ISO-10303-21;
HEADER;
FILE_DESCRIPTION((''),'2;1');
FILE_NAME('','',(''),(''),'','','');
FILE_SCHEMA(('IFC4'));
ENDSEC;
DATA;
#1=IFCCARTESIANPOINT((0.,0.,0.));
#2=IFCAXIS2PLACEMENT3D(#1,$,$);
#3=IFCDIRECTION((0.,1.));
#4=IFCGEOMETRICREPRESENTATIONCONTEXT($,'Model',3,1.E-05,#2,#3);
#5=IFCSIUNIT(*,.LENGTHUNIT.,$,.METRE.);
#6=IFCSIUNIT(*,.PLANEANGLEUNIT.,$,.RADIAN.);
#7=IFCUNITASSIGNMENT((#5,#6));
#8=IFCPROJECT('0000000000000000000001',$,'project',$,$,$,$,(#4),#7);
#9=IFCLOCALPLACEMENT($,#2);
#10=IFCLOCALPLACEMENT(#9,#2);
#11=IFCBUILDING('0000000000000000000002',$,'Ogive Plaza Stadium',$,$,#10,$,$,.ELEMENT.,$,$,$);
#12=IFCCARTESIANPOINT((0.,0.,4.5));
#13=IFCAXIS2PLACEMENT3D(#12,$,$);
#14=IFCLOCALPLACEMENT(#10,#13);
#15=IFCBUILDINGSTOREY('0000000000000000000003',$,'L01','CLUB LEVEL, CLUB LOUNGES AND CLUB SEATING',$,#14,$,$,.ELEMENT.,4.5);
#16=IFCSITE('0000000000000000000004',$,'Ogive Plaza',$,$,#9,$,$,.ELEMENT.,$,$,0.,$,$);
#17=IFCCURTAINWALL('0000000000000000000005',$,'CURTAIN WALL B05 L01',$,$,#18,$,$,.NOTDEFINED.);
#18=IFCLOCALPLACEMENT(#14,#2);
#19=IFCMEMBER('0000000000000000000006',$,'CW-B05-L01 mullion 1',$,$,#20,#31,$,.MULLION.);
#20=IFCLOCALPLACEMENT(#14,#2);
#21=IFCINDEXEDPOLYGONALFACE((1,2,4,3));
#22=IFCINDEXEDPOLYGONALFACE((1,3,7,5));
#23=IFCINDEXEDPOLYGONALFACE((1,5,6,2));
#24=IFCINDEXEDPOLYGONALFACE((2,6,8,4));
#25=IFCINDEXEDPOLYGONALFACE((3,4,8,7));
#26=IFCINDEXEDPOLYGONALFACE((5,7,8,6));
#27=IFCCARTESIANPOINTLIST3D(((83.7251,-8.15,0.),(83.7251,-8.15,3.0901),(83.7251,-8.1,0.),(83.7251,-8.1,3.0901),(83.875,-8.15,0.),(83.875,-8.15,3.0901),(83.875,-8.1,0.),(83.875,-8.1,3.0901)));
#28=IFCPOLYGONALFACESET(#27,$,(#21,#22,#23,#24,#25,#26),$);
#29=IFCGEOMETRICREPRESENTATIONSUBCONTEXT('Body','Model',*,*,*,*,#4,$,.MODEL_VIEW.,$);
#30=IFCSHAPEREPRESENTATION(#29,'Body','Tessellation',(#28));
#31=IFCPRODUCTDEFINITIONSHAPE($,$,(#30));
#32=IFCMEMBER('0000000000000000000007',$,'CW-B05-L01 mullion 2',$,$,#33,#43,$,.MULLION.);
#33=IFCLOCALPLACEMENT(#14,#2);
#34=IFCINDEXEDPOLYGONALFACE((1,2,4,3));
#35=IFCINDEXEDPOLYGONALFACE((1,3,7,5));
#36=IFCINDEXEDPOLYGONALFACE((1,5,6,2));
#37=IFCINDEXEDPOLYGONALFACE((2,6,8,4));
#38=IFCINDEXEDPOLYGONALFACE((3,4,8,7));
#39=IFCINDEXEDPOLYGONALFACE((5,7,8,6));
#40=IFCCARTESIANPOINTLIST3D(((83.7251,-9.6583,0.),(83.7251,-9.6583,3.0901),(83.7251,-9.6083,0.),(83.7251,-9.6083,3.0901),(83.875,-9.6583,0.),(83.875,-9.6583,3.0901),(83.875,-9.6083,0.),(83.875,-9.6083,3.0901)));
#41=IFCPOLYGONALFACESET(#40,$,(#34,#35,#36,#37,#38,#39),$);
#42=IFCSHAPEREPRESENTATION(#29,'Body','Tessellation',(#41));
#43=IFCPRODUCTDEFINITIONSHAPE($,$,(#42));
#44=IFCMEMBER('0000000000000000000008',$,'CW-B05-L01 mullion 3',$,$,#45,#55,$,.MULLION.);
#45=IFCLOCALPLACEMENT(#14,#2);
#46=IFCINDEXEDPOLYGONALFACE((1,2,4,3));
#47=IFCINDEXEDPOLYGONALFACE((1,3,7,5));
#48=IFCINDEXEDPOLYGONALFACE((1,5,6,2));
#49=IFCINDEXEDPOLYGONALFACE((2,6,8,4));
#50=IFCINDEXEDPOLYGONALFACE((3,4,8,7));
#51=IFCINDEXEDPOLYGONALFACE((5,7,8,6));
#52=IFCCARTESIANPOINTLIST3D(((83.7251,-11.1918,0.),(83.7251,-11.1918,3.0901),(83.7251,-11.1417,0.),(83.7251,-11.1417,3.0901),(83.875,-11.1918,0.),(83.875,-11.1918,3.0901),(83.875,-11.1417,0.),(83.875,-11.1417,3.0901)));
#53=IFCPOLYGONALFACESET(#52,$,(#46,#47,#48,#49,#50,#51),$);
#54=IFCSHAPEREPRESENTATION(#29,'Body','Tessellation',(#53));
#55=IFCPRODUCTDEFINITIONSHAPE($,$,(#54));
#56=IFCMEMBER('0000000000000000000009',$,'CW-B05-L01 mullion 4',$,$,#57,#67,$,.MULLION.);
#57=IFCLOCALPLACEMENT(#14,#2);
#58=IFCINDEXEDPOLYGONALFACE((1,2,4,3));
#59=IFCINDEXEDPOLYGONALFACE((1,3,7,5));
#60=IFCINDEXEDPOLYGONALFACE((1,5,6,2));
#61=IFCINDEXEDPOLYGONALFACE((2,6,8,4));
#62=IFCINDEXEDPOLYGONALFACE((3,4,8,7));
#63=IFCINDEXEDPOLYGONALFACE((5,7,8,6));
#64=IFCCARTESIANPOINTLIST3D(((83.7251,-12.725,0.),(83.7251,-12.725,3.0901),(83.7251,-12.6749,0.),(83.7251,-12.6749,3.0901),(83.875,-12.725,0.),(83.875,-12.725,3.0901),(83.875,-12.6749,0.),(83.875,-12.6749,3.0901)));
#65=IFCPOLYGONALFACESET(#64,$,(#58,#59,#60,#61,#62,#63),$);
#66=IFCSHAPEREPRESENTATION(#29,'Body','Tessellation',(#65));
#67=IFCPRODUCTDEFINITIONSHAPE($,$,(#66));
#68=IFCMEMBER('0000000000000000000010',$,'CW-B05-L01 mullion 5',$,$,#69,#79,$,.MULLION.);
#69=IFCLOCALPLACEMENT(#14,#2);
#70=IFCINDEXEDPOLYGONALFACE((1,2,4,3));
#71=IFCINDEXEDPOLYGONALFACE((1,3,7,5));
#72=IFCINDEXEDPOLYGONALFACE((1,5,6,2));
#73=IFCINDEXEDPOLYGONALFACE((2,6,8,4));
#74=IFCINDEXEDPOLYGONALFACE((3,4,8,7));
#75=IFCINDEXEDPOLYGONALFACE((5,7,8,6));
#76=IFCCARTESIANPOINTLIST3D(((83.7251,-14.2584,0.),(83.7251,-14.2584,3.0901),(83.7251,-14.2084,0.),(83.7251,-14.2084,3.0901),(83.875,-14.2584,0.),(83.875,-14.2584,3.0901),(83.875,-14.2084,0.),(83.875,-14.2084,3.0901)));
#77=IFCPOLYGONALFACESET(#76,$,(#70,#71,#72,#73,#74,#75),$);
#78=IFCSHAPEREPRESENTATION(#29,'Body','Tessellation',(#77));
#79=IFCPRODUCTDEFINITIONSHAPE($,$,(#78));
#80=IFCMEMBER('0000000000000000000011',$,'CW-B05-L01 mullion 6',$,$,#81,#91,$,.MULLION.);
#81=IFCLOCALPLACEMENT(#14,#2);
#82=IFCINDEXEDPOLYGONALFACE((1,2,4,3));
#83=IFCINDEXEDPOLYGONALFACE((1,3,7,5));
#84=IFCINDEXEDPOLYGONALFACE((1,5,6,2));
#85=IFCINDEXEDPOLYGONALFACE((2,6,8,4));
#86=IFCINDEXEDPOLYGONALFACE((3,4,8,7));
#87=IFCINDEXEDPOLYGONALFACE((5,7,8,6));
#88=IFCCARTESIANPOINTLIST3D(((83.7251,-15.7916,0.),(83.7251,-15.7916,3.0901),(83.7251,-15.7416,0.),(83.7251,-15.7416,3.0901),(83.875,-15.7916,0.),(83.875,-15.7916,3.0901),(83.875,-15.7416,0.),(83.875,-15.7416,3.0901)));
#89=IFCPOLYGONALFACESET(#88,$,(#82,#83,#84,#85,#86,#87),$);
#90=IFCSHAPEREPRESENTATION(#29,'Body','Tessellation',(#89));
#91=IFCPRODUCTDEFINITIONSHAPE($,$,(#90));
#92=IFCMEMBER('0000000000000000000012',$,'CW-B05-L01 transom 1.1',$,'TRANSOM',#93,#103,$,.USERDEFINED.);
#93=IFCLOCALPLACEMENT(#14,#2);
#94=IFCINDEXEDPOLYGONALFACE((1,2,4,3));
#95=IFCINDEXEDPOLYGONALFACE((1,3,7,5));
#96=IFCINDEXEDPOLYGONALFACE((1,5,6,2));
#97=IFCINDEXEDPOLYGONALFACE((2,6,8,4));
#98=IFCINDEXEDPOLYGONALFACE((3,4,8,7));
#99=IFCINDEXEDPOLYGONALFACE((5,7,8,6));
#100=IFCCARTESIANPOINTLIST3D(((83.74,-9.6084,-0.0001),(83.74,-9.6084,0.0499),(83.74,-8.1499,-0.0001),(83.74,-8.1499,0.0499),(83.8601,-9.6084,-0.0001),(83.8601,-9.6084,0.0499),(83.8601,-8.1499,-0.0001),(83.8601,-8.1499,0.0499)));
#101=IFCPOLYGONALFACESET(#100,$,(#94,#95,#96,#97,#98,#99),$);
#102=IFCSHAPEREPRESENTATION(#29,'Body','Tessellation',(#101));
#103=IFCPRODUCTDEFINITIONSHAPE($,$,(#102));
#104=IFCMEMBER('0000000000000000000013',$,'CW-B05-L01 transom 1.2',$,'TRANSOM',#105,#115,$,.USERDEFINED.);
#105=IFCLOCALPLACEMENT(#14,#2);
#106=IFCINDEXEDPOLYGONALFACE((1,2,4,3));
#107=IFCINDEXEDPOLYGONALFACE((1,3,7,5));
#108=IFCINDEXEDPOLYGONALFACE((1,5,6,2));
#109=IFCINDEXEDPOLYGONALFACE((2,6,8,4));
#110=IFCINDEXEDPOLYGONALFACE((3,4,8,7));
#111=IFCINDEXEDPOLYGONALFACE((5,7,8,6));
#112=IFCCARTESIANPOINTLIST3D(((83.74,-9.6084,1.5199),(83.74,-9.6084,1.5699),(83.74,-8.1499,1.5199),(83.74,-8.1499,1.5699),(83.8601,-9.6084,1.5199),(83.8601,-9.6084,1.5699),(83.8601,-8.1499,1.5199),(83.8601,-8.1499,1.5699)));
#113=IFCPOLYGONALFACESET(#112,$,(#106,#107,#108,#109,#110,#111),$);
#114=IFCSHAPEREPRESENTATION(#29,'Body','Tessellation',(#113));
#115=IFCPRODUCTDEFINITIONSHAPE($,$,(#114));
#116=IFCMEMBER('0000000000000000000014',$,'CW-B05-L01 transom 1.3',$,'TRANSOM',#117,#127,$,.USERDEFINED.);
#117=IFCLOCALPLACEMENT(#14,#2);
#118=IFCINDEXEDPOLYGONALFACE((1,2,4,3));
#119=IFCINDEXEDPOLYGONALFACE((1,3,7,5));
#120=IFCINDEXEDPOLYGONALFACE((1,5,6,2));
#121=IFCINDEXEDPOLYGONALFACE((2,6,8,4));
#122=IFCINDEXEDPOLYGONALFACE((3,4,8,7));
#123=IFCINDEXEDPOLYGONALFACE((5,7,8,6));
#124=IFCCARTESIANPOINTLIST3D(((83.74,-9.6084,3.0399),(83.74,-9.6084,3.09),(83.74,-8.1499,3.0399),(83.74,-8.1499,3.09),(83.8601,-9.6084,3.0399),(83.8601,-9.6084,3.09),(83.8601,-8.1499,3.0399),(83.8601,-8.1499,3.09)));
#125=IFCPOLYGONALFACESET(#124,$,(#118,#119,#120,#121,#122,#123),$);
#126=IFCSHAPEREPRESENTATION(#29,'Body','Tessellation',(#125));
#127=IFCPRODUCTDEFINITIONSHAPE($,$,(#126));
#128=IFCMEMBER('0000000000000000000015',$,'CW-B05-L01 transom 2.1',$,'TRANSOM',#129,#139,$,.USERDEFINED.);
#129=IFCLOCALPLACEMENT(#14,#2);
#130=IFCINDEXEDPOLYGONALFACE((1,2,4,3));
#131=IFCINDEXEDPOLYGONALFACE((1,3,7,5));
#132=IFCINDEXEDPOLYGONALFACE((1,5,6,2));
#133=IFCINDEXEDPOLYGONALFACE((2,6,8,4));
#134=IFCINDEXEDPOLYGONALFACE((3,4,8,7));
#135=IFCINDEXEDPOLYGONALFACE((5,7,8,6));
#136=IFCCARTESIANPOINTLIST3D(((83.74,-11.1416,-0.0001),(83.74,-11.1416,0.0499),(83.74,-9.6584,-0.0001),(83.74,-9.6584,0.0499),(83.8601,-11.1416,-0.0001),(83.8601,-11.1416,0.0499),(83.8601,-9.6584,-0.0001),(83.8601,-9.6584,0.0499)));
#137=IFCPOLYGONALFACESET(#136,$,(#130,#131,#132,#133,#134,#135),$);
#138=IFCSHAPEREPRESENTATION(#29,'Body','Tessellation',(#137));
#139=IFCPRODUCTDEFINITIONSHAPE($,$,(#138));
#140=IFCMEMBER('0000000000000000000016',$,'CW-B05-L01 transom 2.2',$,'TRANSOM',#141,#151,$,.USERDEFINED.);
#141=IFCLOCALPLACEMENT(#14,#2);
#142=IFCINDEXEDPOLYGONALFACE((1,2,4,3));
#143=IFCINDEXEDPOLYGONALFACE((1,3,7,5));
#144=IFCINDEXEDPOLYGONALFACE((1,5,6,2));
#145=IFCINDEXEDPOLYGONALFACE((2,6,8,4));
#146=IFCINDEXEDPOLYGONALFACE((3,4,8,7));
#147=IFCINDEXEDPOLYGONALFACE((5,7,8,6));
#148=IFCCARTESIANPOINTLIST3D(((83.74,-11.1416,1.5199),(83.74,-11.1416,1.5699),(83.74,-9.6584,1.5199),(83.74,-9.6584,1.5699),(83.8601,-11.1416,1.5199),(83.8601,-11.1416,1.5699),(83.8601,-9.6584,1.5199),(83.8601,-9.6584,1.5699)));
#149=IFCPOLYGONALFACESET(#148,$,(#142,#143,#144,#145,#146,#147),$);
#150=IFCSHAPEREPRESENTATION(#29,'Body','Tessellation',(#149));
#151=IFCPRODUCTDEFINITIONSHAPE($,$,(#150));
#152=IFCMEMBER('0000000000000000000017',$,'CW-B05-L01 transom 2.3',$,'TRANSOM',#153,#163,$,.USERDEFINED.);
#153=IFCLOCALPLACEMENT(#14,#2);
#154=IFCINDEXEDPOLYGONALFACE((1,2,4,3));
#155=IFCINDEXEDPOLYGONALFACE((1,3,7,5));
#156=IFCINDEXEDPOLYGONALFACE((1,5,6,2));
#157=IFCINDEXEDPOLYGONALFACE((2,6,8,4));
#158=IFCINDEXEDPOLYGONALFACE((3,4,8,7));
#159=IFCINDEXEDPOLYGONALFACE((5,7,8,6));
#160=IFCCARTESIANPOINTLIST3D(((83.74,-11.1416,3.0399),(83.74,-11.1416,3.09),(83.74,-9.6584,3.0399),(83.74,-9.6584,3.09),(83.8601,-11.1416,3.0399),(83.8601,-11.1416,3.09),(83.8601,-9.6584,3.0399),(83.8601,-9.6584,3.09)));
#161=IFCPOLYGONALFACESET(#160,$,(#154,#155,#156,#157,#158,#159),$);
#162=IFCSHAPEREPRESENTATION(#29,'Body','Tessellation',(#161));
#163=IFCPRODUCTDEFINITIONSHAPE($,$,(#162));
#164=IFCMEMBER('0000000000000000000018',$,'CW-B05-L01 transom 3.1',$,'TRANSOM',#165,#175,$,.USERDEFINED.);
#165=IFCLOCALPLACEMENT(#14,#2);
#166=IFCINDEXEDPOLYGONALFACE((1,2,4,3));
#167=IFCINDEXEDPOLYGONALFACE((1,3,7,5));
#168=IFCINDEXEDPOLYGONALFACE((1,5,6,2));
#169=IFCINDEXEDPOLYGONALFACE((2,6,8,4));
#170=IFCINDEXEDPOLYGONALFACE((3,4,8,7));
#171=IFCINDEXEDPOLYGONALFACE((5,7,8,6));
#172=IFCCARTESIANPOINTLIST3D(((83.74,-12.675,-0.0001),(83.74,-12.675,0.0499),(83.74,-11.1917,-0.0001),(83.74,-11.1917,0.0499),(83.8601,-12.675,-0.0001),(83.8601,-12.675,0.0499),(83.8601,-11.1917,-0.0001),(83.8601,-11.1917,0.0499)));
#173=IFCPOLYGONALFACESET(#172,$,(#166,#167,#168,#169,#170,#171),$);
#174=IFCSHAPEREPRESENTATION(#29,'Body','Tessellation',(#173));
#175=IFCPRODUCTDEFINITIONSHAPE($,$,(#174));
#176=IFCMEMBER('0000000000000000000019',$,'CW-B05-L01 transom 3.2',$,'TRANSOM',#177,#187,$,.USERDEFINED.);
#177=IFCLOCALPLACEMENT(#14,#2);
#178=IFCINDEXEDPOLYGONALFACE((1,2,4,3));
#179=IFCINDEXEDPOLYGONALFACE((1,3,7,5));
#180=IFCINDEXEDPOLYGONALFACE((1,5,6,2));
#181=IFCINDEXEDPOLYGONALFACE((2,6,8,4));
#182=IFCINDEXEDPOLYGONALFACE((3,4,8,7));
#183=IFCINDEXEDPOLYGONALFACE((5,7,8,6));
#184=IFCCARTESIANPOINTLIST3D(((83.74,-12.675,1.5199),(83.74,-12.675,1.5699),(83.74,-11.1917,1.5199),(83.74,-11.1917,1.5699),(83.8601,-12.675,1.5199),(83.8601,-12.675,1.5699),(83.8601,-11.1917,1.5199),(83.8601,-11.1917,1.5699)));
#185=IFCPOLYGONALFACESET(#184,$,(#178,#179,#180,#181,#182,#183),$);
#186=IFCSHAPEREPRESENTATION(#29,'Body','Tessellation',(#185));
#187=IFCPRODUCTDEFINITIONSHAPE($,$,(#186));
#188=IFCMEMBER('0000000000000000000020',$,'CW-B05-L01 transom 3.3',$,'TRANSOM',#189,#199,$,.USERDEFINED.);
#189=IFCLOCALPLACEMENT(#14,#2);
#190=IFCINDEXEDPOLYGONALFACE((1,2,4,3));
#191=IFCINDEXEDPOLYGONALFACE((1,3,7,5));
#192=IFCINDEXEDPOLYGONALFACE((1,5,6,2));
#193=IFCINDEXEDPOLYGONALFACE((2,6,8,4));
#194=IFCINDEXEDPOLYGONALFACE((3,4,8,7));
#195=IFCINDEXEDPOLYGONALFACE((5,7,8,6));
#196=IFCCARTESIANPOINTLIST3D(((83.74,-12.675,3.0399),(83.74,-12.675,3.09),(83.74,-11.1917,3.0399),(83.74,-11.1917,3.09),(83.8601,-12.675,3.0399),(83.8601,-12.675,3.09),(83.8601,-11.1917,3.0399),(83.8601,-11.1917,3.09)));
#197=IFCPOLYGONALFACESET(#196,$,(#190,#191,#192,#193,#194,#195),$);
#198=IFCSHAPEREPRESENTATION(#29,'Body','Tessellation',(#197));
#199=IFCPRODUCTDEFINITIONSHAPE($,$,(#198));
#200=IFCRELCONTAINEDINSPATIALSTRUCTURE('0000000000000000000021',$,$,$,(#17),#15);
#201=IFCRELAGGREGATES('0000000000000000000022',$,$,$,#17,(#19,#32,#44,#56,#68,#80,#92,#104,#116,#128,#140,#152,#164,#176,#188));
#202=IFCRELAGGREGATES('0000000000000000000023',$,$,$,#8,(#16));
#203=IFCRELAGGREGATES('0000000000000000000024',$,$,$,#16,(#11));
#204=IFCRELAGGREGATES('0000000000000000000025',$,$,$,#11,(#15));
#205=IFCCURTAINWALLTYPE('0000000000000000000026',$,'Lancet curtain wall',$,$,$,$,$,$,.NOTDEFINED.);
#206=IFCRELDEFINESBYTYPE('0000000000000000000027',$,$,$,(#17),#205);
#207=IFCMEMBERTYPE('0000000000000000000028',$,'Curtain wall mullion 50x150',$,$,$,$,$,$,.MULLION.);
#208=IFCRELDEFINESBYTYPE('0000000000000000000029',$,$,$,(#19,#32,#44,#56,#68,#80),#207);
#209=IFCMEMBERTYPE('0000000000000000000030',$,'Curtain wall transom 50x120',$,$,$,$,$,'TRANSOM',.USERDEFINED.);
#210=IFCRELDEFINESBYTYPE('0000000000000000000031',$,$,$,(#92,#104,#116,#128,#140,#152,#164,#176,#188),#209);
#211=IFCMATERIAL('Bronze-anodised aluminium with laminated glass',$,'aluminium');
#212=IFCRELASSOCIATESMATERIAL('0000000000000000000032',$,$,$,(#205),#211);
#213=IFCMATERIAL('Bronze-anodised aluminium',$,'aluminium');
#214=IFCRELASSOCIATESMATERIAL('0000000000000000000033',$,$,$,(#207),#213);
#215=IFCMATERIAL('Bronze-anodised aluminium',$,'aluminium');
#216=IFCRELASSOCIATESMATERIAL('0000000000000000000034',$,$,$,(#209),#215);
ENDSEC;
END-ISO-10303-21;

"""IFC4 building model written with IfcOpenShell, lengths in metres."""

from ifc_helpers import new_model, si_unit, direction, frame, origin, origin_2d, place, context, subcontext, project, spatial, rectangle, extrude, material, material_profile, profile_set, type_object, element, aggregate, save


model = new_model("IFC4")

# Units and contexts
model_context = context("Model", 3, precision=1e-05, world=origin(), true_north=direction((0.0, 1.0)))
body_context = subcontext(model_context, "Body", "Model", "MODEL_VIEW")
ifc_project = project(units=[si_unit("LENGTHUNIT", "METRE"), si_unit("PLANEANGLEUNIT", "RADIAN")], contexts=[model_context])

# Site, building, storey
site_placement = place(None, origin())
site = spatial("IfcSite", under=ifc_project, at=site_placement, Name="Ogive Plaza", CompositionType="ELEMENT", RefElevation=0.0)
building_placement = place(site_placement, origin())
building = spatial("IfcBuilding", under=site, at=building_placement, Name="Ogive Plaza Stadium", CompositionType="ELEMENT")
storey_placement = place(building_placement, frame((0.0, 0.0, 4.5)))
storey = spatial("IfcBuildingStorey", under=building, at=storey_placement, Name="L01", Description="CLUB LEVEL, CLUB LOUNGES AND CLUB SEATING", CompositionType="ELEMENT", Elevation=4.5)

# Curtain wall, members
ifc_material_1 = material(Name="Bronze-anodised aluminium with laminated glass", Category="aluminium")
curtain_wall_type = type_object("IfcCurtainWallType", Name="Lancet curtain wall", PredefinedType="NOTDEFINED", material=ifc_material_1)
curtain_wall_placement = place(storey_placement, origin())
curtain_wall = element("IfcCurtainWall", 1, at=curtain_wall_placement, inside=storey, type_object=curtain_wall_type, Name="CURTAIN WALL B05 L01", PredefinedType="NOTDEFINED")
ifc_material_2 = material(Name="Bronze-anodised aluminium", Category="aluminium")
ifc_material_profile_1 = material_profile(ifc_material_2, rectangle(XDim=0.1499, YDim=0.05, at=origin_2d()), Name="AL 150x50")
ifc_profile_set_1 = profile_set([ifc_material_profile_1], Name="Bronze-anodised aluminium")
member_type_1 = type_object("IfcMemberType", Name="Curtain wall mullion 50x150", PredefinedType="MULLION", material=ifc_profile_set_1)
member_1_placement = place(storey_placement, frame((83.8, -8.125, 0.0), z_axis=(0.0, 0.0, 1.0), x_axis=(1.0, 0.0, 0.0)))
member_1 = element("IfcMember", 2, at=member_1_placement, type_object=member_type_1, Name="CW-B05-L01 mullion 1", PredefinedType="MULLION", context=body_context, shape_type="SweptSolid", body=[
    extrude(rectangle(XDim=0.1499, YDim=0.05, at=origin_2d()), origin(), (0.0, 0.0, 1.0), 3.0901),
])
member_2_placement = place(storey_placement, frame((83.8, -9.6333, 0.0), z_axis=(0.0, 0.0, 1.0), x_axis=(1.0, 0.0, 0.0)))
member_2 = element("IfcMember", 3, at=member_2_placement, type_object=member_type_1, Name="CW-B05-L01 mullion 2", PredefinedType="MULLION", context=body_context, shape_type="SweptSolid", body=[
    extrude(rectangle(XDim=0.1499, YDim=0.05, at=origin_2d()), origin(), (0.0, 0.0, 1.0), 3.0901),
])
member_3_placement = place(storey_placement, frame((83.8, -11.1667, 0.0), z_axis=(0.0, 0.0, 1.0), x_axis=(1.0, 0.0, 0.0)))
member_3 = element("IfcMember", 4, at=member_3_placement, type_object=member_type_1, Name="CW-B05-L01 mullion 3", PredefinedType="MULLION", context=body_context, shape_type="SweptSolid", body=[
    extrude(rectangle(XDim=0.1499, YDim=0.05, at=origin_2d()), origin(), (0.0, 0.0, 1.0), 3.0901),
])
member_4_placement = place(storey_placement, frame((83.8, -12.7, 0.0), z_axis=(0.0, 0.0, 1.0), x_axis=(1.0, 0.0, 0.0)))
member_4 = element("IfcMember", 5, at=member_4_placement, type_object=member_type_1, Name="CW-B05-L01 mullion 4", PredefinedType="MULLION", context=body_context, shape_type="SweptSolid", body=[
    extrude(rectangle(XDim=0.1499, YDim=0.05, at=origin_2d()), origin(), (0.0, 0.0, 1.0), 3.0901),
])
member_5_placement = place(storey_placement, frame((83.8, -14.2334, 0.0), z_axis=(0.0, 0.0, 1.0), x_axis=(1.0, 0.0, 0.0)))
member_5 = element("IfcMember", 6, at=member_5_placement, type_object=member_type_1, Name="CW-B05-L01 mullion 5", PredefinedType="MULLION", context=body_context, shape_type="SweptSolid", body=[
    extrude(rectangle(XDim=0.1499, YDim=0.05, at=origin_2d()), origin(), (0.0, 0.0, 1.0), 3.0901),
])
member_6_placement = place(storey_placement, frame((83.8, -15.7666, 0.0), z_axis=(0.0, 0.0, 1.0), x_axis=(1.0, 0.0, 0.0)))
member_6 = element("IfcMember", 7, at=member_6_placement, type_object=member_type_1, Name="CW-B05-L01 mullion 6", PredefinedType="MULLION", context=body_context, shape_type="SweptSolid", body=[
    extrude(rectangle(XDim=0.1499, YDim=0.05, at=origin_2d()), origin(), (0.0, 0.0, 1.0), 3.0901),
])
ifc_material_3 = material(Name="Bronze-anodised aluminium", Category="aluminium")
ifc_material_profile_2 = material_profile(ifc_material_3, rectangle(XDim=0.1201, YDim=0.05, at=origin_2d()), Name="AL 120x50")
ifc_profile_set_2 = profile_set([ifc_material_profile_2], Name="Bronze-anodised aluminium")
member_type_2 = type_object("IfcMemberType", Name="Curtain wall transom 50x120", ElementType="TRANSOM", PredefinedType="USERDEFINED", material=ifc_profile_set_2)
member_7_placement = place(storey_placement, frame((83.8, -8.1499, 0.0249), z_axis=(0.0, -1.0, 0.0), x_axis=(1.0, 0.0, 0.0)))
member_7 = element("IfcMember", 8, at=member_7_placement, type_object=member_type_2, Name="CW-B05-L01 transom 1.1", ObjectType="TRANSOM", PredefinedType="USERDEFINED", context=body_context, shape_type="SweptSolid", body=[
    extrude(rectangle(XDim=0.1201, YDim=0.05, at=origin_2d()), origin(), (0.0, 0.0, 1.0), 1.4585),
])
member_8_placement = place(storey_placement, frame((83.8, -8.1499, 1.5449), z_axis=(0.0, -1.0, 0.0), x_axis=(1.0, 0.0, 0.0)))
member_8 = element("IfcMember", 9, at=member_8_placement, type_object=member_type_2, Name="CW-B05-L01 transom 1.2", ObjectType="TRANSOM", PredefinedType="USERDEFINED", context=body_context, shape_type="SweptSolid", body=[
    extrude(rectangle(XDim=0.1201, YDim=0.05, at=origin_2d()), origin(), (0.0, 0.0, 1.0), 1.4585),
])
member_9_placement = place(storey_placement, frame((83.8, -8.1499, 3.0649), z_axis=(0.0, -1.0, 0.0), x_axis=(1.0, 0.0, 0.0)))
member_9 = element("IfcMember", 10, at=member_9_placement, type_object=member_type_2, Name="CW-B05-L01 transom 1.3", ObjectType="TRANSOM", PredefinedType="USERDEFINED", context=body_context, shape_type="SweptSolid", body=[
    extrude(rectangle(XDim=0.1201, YDim=0.05, at=origin_2d()), origin(), (0.0, 0.0, 1.0), 1.4585),
])
member_10_placement = place(storey_placement, frame((83.8, -9.6584, 0.0249), z_axis=(0.0, -1.0, 0.0), x_axis=(1.0, 0.0, 0.0)))
member_10 = element("IfcMember", 11, at=member_10_placement, type_object=member_type_2, Name="CW-B05-L01 transom 2.1", ObjectType="TRANSOM", PredefinedType="USERDEFINED", context=body_context, shape_type="SweptSolid", body=[
    extrude(rectangle(XDim=0.1201, YDim=0.05, at=origin_2d()), origin(), (0.0, 0.0, 1.0), 1.4832),
])
member_11_placement = place(storey_placement, frame((83.8, -9.6584, 1.5449), z_axis=(0.0, -1.0, 0.0), x_axis=(1.0, 0.0, 0.0)))
member_11 = element("IfcMember", 12, at=member_11_placement, type_object=member_type_2, Name="CW-B05-L01 transom 2.2", ObjectType="TRANSOM", PredefinedType="USERDEFINED", context=body_context, shape_type="SweptSolid", body=[
    extrude(rectangle(XDim=0.1201, YDim=0.05, at=origin_2d()), origin(), (0.0, 0.0, 1.0), 1.4832),
])
member_12_placement = place(storey_placement, frame((83.8, -9.6584, 3.0649), z_axis=(0.0, -1.0, 0.0), x_axis=(1.0, 0.0, 0.0)))
member_12 = element("IfcMember", 13, at=member_12_placement, type_object=member_type_2, Name="CW-B05-L01 transom 2.3", ObjectType="TRANSOM", PredefinedType="USERDEFINED", context=body_context, shape_type="SweptSolid", body=[
    extrude(rectangle(XDim=0.1201, YDim=0.05, at=origin_2d()), origin(), (0.0, 0.0, 1.0), 1.4832),
])
member_13_placement = place(storey_placement, frame((83.8, -11.1917, 0.0249), z_axis=(0.0, -1.0, 0.0), x_axis=(1.0, 0.0, 0.0)))
member_13 = element("IfcMember", 14, at=member_13_placement, type_object=member_type_2, Name="CW-B05-L01 transom 3.1", ObjectType="TRANSOM", PredefinedType="USERDEFINED", context=body_context, shape_type="SweptSolid", body=[
    extrude(rectangle(XDim=0.1201, YDim=0.05, at=origin_2d()), origin(), (0.0, 0.0, 1.0), 1.4834),
])
member_14_placement = place(storey_placement, frame((83.8, -11.1917, 1.5449), z_axis=(0.0, -1.0, 0.0), x_axis=(1.0, 0.0, 0.0)))
member_14 = element("IfcMember", 15, at=member_14_placement, type_object=member_type_2, Name="CW-B05-L01 transom 3.2", ObjectType="TRANSOM", PredefinedType="USERDEFINED", context=body_context, shape_type="SweptSolid", body=[
    extrude(rectangle(XDim=0.1201, YDim=0.05, at=origin_2d()), origin(), (0.0, 0.0, 1.0), 1.4834),
])
member_15_placement = place(storey_placement, frame((83.8, -11.1917, 3.0649), z_axis=(0.0, -1.0, 0.0), x_axis=(1.0, 0.0, 0.0)))
member_15 = element("IfcMember", 16, at=member_15_placement, type_object=member_type_2, Name="CW-B05-L01 transom 3.3", ObjectType="TRANSOM", PredefinedType="USERDEFINED", context=body_context, shape_type="SweptSolid", body=[
    extrude(rectangle(XDim=0.1201, YDim=0.05, at=origin_2d()), origin(), (0.0, 0.0, 1.0), 1.4834),
])
aggregate(curtain_wall, [member_1, member_2, member_3, member_4, member_5, member_6, member_7, member_8, member_9, member_10, member_11, member_12, member_13, member_14, member_15])

save(model, "model.ifc")
